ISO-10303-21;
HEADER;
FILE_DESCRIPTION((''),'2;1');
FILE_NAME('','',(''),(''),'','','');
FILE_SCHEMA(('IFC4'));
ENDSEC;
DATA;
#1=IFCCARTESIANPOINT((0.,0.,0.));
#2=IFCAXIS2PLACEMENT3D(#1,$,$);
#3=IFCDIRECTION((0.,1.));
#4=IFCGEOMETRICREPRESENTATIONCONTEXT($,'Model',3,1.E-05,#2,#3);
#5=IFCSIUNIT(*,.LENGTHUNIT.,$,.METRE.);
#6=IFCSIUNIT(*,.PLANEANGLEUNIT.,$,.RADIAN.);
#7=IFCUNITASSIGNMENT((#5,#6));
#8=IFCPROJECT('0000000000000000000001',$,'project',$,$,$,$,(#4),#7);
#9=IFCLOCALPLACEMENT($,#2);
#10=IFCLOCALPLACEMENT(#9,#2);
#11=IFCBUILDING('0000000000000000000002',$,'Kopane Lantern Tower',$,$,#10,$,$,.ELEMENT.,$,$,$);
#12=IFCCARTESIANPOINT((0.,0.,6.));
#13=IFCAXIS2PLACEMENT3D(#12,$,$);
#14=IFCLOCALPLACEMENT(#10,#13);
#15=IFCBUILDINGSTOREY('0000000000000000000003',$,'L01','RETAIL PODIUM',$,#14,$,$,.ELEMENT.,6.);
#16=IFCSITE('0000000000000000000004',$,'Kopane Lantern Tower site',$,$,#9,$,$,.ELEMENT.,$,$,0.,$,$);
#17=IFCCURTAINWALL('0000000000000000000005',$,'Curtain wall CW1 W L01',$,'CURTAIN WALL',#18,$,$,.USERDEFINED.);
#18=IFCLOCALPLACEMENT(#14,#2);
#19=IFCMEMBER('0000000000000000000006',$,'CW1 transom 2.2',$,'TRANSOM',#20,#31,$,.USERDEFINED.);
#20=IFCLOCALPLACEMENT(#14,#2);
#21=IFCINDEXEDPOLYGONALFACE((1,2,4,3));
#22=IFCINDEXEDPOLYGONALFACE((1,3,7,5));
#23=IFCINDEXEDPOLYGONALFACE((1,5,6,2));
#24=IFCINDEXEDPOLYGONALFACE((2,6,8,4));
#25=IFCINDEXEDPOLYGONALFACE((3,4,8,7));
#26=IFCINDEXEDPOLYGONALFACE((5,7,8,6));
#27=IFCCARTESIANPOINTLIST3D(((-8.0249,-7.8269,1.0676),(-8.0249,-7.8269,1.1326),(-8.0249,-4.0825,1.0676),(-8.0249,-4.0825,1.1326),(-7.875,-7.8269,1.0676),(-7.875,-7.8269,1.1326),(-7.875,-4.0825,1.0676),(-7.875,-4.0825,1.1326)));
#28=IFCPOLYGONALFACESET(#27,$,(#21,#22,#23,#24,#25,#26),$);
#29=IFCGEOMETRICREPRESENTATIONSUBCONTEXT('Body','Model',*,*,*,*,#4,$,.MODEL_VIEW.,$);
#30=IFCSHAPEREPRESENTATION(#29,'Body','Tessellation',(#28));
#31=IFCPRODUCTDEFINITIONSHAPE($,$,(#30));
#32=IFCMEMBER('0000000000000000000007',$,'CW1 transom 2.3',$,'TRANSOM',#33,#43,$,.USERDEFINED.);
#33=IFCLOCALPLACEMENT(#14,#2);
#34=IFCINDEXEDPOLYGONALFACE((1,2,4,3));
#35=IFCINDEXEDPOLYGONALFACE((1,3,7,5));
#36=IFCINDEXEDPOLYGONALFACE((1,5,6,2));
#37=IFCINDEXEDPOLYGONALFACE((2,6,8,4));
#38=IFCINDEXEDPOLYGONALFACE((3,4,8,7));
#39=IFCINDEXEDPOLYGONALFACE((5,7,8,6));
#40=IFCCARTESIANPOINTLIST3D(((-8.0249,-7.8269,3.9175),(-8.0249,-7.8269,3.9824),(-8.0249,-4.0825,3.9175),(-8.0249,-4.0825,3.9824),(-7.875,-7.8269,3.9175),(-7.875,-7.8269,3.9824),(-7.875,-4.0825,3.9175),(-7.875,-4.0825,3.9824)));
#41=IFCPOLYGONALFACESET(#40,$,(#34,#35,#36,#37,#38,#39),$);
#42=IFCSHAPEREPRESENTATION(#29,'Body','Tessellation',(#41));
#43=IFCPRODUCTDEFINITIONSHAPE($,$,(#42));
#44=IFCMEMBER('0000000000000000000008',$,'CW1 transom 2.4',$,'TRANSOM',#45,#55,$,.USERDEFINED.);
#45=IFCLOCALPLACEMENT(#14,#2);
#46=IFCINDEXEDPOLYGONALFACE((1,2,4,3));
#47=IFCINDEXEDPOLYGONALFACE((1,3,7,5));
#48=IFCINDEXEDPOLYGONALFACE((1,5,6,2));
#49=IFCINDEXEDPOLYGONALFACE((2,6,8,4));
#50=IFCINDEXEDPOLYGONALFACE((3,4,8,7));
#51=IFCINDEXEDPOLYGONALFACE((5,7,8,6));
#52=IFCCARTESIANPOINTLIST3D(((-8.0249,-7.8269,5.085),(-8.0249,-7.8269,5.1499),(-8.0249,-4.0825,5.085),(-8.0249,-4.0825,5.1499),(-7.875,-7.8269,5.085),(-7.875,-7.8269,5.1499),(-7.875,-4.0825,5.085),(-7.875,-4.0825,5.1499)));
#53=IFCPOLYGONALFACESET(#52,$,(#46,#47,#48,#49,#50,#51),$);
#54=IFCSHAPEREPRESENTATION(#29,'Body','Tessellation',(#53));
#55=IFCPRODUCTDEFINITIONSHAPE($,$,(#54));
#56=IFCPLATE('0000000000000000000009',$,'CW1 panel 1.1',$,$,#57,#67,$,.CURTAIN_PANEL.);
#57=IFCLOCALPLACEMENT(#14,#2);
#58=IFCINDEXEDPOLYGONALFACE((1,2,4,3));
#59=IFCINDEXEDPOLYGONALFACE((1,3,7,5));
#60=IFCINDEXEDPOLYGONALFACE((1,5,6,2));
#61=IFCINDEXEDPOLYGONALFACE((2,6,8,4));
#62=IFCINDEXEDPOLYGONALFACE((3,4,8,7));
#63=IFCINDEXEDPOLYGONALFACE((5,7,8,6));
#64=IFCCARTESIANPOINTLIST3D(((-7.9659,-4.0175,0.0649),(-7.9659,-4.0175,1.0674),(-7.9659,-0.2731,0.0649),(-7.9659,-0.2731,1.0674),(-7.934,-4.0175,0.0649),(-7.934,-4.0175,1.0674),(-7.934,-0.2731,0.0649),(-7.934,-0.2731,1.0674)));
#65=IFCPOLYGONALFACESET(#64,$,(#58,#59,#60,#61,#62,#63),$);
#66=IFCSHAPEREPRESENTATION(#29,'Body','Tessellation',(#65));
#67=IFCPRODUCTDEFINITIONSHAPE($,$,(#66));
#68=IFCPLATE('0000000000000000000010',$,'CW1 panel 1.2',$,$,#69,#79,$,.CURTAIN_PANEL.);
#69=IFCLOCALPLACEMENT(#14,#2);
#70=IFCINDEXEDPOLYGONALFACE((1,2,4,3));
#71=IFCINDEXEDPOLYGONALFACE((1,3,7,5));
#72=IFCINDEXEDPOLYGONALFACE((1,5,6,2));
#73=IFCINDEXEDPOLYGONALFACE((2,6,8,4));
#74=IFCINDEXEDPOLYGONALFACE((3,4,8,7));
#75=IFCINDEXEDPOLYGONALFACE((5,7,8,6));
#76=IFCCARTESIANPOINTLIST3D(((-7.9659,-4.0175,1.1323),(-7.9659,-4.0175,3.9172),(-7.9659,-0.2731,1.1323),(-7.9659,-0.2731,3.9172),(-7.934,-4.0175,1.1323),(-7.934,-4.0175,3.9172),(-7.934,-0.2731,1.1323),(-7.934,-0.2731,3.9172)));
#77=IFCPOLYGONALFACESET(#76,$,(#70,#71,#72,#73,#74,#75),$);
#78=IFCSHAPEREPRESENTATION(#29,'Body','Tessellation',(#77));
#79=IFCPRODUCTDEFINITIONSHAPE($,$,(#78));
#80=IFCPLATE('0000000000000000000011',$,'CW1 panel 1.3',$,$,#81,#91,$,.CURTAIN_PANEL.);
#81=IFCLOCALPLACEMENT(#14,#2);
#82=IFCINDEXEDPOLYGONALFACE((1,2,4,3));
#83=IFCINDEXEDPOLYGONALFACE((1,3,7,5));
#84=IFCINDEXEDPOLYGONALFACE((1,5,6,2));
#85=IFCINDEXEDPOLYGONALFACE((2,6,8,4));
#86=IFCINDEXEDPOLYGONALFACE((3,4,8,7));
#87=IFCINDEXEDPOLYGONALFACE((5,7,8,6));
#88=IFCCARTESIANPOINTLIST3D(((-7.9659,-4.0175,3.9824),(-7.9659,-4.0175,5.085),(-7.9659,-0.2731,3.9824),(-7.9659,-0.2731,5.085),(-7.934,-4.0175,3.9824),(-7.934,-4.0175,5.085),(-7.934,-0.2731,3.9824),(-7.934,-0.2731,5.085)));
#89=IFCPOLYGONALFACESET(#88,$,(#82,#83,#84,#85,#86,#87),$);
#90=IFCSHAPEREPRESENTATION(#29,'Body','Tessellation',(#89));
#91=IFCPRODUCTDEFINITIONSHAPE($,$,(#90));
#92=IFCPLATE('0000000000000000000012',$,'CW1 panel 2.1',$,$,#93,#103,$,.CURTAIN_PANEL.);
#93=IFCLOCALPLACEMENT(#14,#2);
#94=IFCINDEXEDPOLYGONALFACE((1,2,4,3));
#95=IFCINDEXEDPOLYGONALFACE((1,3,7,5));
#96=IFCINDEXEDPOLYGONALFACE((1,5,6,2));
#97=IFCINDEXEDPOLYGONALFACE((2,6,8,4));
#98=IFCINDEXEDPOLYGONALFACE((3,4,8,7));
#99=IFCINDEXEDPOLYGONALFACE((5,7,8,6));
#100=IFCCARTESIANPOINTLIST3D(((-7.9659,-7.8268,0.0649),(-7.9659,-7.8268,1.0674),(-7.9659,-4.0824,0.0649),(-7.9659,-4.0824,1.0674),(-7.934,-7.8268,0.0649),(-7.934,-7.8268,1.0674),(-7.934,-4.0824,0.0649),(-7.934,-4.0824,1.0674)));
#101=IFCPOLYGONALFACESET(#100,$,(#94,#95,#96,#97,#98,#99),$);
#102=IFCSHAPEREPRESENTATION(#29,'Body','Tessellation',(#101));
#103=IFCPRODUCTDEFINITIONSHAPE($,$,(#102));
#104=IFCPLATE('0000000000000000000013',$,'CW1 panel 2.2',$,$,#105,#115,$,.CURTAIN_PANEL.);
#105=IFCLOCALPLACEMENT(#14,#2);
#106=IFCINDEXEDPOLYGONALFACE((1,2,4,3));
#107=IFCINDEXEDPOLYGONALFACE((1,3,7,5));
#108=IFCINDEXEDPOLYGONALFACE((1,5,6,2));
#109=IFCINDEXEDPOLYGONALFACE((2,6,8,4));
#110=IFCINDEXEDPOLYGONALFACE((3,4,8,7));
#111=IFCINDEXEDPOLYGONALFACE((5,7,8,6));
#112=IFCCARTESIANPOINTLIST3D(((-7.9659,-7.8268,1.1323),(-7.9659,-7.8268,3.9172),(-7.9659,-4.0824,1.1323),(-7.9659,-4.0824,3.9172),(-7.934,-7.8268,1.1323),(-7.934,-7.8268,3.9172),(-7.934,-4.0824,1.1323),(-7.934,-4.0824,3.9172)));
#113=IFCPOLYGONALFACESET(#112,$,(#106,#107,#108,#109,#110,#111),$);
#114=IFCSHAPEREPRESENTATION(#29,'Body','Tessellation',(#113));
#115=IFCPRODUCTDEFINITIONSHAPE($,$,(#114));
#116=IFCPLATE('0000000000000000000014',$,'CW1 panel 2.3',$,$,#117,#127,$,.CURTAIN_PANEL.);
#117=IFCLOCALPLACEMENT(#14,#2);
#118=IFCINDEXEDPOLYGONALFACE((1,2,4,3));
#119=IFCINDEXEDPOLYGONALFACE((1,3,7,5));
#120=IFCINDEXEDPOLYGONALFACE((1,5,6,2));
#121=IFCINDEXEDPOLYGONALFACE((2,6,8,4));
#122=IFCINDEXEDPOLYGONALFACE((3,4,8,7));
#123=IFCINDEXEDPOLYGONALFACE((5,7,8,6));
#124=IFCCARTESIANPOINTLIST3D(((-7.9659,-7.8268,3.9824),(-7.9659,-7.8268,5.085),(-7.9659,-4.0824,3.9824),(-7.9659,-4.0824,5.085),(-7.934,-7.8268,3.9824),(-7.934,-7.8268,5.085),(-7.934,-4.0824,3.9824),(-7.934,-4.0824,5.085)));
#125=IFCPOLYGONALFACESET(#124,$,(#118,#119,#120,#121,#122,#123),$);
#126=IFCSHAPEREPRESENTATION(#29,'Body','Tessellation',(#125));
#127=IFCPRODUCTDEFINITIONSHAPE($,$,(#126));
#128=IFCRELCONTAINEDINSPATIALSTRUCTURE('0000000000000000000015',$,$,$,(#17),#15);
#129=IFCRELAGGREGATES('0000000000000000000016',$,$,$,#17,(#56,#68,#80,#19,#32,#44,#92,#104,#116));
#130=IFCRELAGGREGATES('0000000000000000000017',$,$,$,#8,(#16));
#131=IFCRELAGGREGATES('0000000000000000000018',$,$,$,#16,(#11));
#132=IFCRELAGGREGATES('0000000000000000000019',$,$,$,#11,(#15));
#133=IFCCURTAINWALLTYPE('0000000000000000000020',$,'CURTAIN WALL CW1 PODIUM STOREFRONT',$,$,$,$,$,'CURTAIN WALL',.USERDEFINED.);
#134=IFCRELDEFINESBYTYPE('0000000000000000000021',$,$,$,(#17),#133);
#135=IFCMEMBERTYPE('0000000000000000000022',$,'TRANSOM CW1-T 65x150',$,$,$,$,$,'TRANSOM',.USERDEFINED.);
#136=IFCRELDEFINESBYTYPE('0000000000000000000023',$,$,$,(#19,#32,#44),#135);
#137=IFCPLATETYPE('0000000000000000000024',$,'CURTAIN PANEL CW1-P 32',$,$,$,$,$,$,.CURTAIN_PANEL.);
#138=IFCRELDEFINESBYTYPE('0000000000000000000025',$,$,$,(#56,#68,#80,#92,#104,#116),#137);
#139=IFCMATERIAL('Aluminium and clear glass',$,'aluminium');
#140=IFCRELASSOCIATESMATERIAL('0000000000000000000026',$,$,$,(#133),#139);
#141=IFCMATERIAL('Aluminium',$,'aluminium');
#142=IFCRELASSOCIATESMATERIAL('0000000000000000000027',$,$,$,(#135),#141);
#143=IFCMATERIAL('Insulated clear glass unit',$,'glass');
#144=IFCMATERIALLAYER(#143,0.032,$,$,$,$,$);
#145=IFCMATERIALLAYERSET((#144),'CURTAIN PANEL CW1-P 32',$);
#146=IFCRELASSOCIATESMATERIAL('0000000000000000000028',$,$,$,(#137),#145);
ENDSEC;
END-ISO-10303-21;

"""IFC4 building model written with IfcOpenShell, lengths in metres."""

from ifc_helpers import new_model, si_unit, direction, frame, origin, origin_2d, place, context, subcontext, project, spatial, rectangle, extrude, material, layer, layer_set, material_profile, profile_set, type_object, element, aggregate, save


model = new_model("IFC4")

# Units and contexts
model_context = context("Model", 3, precision=1e-05, world=origin(), true_north=direction((0.0, 1.0)))
body_context = subcontext(model_context, "Body", "Model", "MODEL_VIEW")
ifc_project = project(units=[si_unit("LENGTHUNIT", "METRE"), si_unit("PLANEANGLEUNIT", "RADIAN")], contexts=[model_context])

# Site, building, storey
site_placement = place(None, origin())
site = spatial("IfcSite", under=ifc_project, at=site_placement, Name="Kopane Lantern Tower site", CompositionType="ELEMENT", RefElevation=0.0)
building_placement = place(site_placement, origin())
building = spatial("IfcBuilding", under=site, at=building_placement, Name="Kopane Lantern Tower", CompositionType="ELEMENT")
storey_placement = place(building_placement, frame((0.0, 0.0, 6.0)))
storey = spatial("IfcBuildingStorey", under=building, at=storey_placement, Name="L01", Description="RETAIL PODIUM", CompositionType="ELEMENT", Elevation=6.0)

# Curtain wall, members, plates
ifc_material_1 = material(Name="Aluminium and clear glass", Category="aluminium")
curtain_wall_type = type_object("IfcCurtainWallType", Name="CURTAIN WALL CW1 PODIUM STOREFRONT", ElementType="CURTAIN WALL", PredefinedType="USERDEFINED", material=ifc_material_1)
curtain_wall_placement = place(storey_placement, origin())
curtain_wall = element("IfcCurtainWall", 1, at=curtain_wall_placement, inside=storey, type_object=curtain_wall_type, Name="Curtain wall CW1 W L01", ObjectType="CURTAIN WALL", PredefinedType="USERDEFINED")
ifc_material_2 = material(Name="Aluminium", Category="aluminium")
ifc_material_profile_1 = material_profile(ifc_material_2, rectangle(XDim=0.1499, YDim=0.0649, at=origin_2d()), Name="AL 150x65")
ifc_profile_set_1 = profile_set([ifc_material_profile_1], Name="Aluminium")
member_type_1 = type_object("IfcMemberType", Name="TRANSOM CW1-T 65x150", ElementType="TRANSOM", PredefinedType="USERDEFINED", material=ifc_profile_set_1)
member_1_placement = place(storey_placement, frame((-7.95, -4.0825, 1.1001), z_axis=(0.0, -1.0, 0.0), x_axis=(1.0, 0.0, 0.0)))
member_1 = element("IfcMember", 2, at=member_1_placement, type_object=member_type_1, Name="CW1 transom 2.2", ObjectType="TRANSOM", PredefinedType="USERDEFINED", context=body_context, shape_type="SweptSolid", body=[
    extrude(rectangle(XDim=0.1499, YDim=0.0649, at=origin_2d()), origin(), (0.0, 0.0, 1.0), 3.7444),
])
member_2_placement = place(storey_placement, frame((-7.95, -4.0825, 3.95), z_axis=(0.0, -1.0, 0.0), x_axis=(1.0, 0.0, 0.0)))
member_2 = element("IfcMember", 3, at=member_2_placement, type_object=member_type_1, Name="CW1 transom 2.3", ObjectType="TRANSOM", PredefinedType="USERDEFINED", context=body_context, shape_type="SweptSolid", body=[
    extrude(rectangle(XDim=0.1499, YDim=0.0649, at=origin_2d()), origin(), (0.0, 0.0, 1.0), 3.7444),
])
member_3_placement = place(storey_placement, frame((-7.95, -4.0825, 5.1174), z_axis=(0.0, -1.0, 0.0), x_axis=(1.0, 0.0, 0.0)))
member_3 = element("IfcMember", 4, at=member_3_placement, type_object=member_type_1, Name="CW1 transom 2.4", ObjectType="TRANSOM", PredefinedType="USERDEFINED", context=body_context, shape_type="SweptSolid", body=[
    extrude(rectangle(XDim=0.1499, YDim=0.0649, at=origin_2d()), origin(), (0.0, 0.0, 1.0), 3.7444),
])
ifc_material_3 = material(Name="Insulated clear glass unit", Category="glass")
ifc_layer = layer(ifc_material_3, 0.032)
ifc_layer_set = layer_set([ifc_layer], Name="CURTAIN PANEL CW1-P 32")
plate_type = type_object("IfcPlateType", Name="CURTAIN PANEL CW1-P 32", PredefinedType="CURTAIN_PANEL", material=ifc_layer_set)
plate_1_placement = place(storey_placement, frame((-7.95, -2.1453, 0.0649), z_axis=(0.0, 0.0, 1.0), x_axis=(0.0, -1.0, 0.0)))
plate_1 = element("IfcPlate", 5, at=plate_1_placement, type_object=plate_type, Name="CW1 panel 1.1", PredefinedType="CURTAIN_PANEL", context=body_context, shape_type="SweptSolid", body=[
    extrude(rectangle(XDim=3.7444, YDim=0.032, at=origin_2d()), origin(), (0.0, 0.0, 1.0), 1.0024),
])
plate_2_placement = place(storey_placement, frame((-7.95, -2.1453, 1.1323), z_axis=(0.0, 0.0, 1.0), x_axis=(0.0, -1.0, 0.0)))
plate_2 = element("IfcPlate", 6, at=plate_2_placement, type_object=plate_type, Name="CW1 panel 1.2", PredefinedType="CURTAIN_PANEL", context=body_context, shape_type="SweptSolid", body=[
    extrude(rectangle(XDim=3.7444, YDim=0.032, at=origin_2d()), origin(), (0.0, 0.0, 1.0), 2.7849),
])
plate_3_placement = place(storey_placement, frame((-7.95, -2.1453, 3.9824), z_axis=(0.0, 0.0, 1.0), x_axis=(0.0, -1.0, 0.0)))
plate_3 = element("IfcPlate", 7, at=plate_3_placement, type_object=plate_type, Name="CW1 panel 1.3", PredefinedType="CURTAIN_PANEL", context=body_context, shape_type="SweptSolid", body=[
    extrude(rectangle(XDim=3.7444, YDim=0.032, at=origin_2d()), origin(), (0.0, 0.0, 1.0), 1.1025),
])
plate_4_placement = place(storey_placement, frame((-7.95, -5.9546, 0.0649), z_axis=(0.0, 0.0, 1.0), x_axis=(0.0, -1.0, 0.0)))
plate_4 = element("IfcPlate", 8, at=plate_4_placement, type_object=plate_type, Name="CW1 panel 2.1", PredefinedType="CURTAIN_PANEL", context=body_context, shape_type="SweptSolid", body=[
    extrude(rectangle(XDim=3.7444, YDim=0.032, at=origin_2d()), origin(), (0.0, 0.0, 1.0), 1.0024),
])
plate_5_placement = place(storey_placement, frame((-7.95, -5.9546, 1.1323), z_axis=(0.0, 0.0, 1.0), x_axis=(0.0, -1.0, 0.0)))
plate_5 = element("IfcPlate", 9, at=plate_5_placement, type_object=plate_type, Name="CW1 panel 2.2", PredefinedType="CURTAIN_PANEL", context=body_context, shape_type="SweptSolid", body=[
    extrude(rectangle(XDim=3.7444, YDim=0.032, at=origin_2d()), origin(), (0.0, 0.0, 1.0), 2.7849),
])
plate_6_placement = place(storey_placement, frame((-7.95, -5.9546, 3.9824), z_axis=(0.0, 0.0, 1.0), x_axis=(0.0, -1.0, 0.0)))
plate_6 = element("IfcPlate", 10, at=plate_6_placement, type_object=plate_type, Name="CW1 panel 2.3", PredefinedType="CURTAIN_PANEL", context=body_context, shape_type="SweptSolid", body=[
    extrude(rectangle(XDim=3.7444, YDim=0.032, at=origin_2d()), origin(), (0.0, 0.0, 1.0), 1.1025),
])
aggregate(curtain_wall, [plate_1, plate_2, plate_3, member_1, member_2, member_3, plate_4, plate_5, plate_6])

save(model, "model.ifc")
